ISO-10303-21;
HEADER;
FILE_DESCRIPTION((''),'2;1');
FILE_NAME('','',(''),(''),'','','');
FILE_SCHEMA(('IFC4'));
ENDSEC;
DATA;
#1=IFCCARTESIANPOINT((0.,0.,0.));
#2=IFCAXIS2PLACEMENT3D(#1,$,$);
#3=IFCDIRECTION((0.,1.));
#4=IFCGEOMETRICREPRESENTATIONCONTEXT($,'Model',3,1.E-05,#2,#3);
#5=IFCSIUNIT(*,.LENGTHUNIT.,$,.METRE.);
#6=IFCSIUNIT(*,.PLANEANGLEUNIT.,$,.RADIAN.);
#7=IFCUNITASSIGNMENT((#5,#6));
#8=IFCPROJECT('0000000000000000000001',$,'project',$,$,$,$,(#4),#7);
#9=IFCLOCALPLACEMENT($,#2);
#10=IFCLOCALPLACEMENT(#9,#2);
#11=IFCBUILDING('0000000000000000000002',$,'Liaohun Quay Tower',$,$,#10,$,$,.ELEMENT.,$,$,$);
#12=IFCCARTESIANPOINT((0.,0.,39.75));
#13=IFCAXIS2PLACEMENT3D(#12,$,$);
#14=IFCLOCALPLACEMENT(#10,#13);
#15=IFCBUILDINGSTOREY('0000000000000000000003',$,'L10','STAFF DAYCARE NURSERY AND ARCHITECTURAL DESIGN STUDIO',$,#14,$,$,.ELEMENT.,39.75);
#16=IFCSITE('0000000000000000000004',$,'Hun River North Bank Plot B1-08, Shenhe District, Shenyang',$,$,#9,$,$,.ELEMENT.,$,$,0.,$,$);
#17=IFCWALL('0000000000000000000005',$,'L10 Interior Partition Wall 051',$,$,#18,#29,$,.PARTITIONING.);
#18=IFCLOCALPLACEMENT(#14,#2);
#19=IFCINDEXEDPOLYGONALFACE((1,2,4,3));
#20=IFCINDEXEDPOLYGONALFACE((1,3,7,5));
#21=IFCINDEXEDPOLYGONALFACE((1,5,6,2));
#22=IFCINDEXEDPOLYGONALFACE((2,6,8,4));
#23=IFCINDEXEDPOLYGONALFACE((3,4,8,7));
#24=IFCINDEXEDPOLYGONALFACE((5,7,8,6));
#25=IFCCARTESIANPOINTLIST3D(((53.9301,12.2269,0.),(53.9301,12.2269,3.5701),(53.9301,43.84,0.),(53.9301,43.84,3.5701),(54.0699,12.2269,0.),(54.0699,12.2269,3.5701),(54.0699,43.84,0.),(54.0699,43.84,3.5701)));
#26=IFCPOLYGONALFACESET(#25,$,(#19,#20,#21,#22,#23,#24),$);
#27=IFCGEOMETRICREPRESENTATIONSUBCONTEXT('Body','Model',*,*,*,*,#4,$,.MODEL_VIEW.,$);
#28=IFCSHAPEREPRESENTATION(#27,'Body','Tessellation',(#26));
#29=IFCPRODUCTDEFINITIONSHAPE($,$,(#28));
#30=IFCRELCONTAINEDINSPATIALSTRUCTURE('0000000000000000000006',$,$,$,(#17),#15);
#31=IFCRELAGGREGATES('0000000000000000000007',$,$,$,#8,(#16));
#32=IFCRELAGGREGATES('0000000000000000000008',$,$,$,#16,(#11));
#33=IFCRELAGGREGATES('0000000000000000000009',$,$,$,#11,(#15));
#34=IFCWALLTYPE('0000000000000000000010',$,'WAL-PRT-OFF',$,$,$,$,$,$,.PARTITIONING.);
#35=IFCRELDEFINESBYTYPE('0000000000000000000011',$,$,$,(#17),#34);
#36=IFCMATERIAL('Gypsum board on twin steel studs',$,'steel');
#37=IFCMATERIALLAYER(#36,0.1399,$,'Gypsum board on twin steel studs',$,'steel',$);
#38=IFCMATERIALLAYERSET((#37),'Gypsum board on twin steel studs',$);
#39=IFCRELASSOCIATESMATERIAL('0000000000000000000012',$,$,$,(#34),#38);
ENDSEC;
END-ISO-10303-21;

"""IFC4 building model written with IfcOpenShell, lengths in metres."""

from ifc_helpers import new_model, si_unit, direction, frame, frame_2d, origin, place, context, subcontext, project, spatial, rectangle, extrude, material, layer, layer_set, type_object, element, save


model = new_model("IFC4")

# Units and contexts
model_context = context("Model", 3, precision=1e-05, world=origin(), true_north=direction((0.0, 1.0)))
body_context = subcontext(model_context, "Body", "Model", "MODEL_VIEW")
ifc_project = project(units=[si_unit("LENGTHUNIT", "METRE"), si_unit("PLANEANGLEUNIT", "RADIAN")], contexts=[model_context])

# Site, building, storey
site_placement = place(None, origin())
site = spatial("IfcSite", under=ifc_project, at=site_placement, Name="Hun River North Bank Plot B1-08, Shenhe District, Shenyang", CompositionType="ELEMENT", RefElevation=0.0)
building_placement = place(site_placement, origin())
building = spatial("IfcBuilding", under=site, at=building_placement, Name="Liaohun Quay Tower", CompositionType="ELEMENT")
storey_placement = place(building_placement, frame((0.0, 0.0, 39.75)))
storey = spatial("IfcBuildingStorey", under=building, at=storey_placement, Name="L10", Description="STAFF DAYCARE NURSERY AND ARCHITECTURAL DESIGN STUDIO", CompositionType="ELEMENT", Elevation=39.75)

# Wall
ifc_material_1 = material(Name="Gypsum board on twin steel studs", Category="steel")
ifc_layer_1 = layer(ifc_material_1, 0.1399, Name="Gypsum board on twin steel studs", Category="steel")
ifc_layer_set_1 = layer_set([ifc_layer_1], Name="Gypsum board on twin steel studs")
wall_type_1 = type_object("IfcWallType", Name="WAL-PRT-OFF", PredefinedType="PARTITIONING", material=ifc_layer_set_1)
wall_1_placement = place(storey_placement, frame((54.0, 43.8401, 0.0), z_axis=(0.0, 0.0, 1.0), x_axis=(0.0, -1.0, 0.0)))
element("IfcWall", 1, at=wall_1_placement, inside=storey, type_object=wall_type_1, Name="L10 Interior Partition Wall 051", PredefinedType="PARTITIONING", context=body_context, shape_type="SweptSolid", body=[
    extrude(rectangle(XDim=31.613, YDim=0.1399, at=frame_2d((15.8066, 0.0))), origin(), (0.0, 0.0, 1.0), 3.5701),
])

save(model, "model.ifc")
